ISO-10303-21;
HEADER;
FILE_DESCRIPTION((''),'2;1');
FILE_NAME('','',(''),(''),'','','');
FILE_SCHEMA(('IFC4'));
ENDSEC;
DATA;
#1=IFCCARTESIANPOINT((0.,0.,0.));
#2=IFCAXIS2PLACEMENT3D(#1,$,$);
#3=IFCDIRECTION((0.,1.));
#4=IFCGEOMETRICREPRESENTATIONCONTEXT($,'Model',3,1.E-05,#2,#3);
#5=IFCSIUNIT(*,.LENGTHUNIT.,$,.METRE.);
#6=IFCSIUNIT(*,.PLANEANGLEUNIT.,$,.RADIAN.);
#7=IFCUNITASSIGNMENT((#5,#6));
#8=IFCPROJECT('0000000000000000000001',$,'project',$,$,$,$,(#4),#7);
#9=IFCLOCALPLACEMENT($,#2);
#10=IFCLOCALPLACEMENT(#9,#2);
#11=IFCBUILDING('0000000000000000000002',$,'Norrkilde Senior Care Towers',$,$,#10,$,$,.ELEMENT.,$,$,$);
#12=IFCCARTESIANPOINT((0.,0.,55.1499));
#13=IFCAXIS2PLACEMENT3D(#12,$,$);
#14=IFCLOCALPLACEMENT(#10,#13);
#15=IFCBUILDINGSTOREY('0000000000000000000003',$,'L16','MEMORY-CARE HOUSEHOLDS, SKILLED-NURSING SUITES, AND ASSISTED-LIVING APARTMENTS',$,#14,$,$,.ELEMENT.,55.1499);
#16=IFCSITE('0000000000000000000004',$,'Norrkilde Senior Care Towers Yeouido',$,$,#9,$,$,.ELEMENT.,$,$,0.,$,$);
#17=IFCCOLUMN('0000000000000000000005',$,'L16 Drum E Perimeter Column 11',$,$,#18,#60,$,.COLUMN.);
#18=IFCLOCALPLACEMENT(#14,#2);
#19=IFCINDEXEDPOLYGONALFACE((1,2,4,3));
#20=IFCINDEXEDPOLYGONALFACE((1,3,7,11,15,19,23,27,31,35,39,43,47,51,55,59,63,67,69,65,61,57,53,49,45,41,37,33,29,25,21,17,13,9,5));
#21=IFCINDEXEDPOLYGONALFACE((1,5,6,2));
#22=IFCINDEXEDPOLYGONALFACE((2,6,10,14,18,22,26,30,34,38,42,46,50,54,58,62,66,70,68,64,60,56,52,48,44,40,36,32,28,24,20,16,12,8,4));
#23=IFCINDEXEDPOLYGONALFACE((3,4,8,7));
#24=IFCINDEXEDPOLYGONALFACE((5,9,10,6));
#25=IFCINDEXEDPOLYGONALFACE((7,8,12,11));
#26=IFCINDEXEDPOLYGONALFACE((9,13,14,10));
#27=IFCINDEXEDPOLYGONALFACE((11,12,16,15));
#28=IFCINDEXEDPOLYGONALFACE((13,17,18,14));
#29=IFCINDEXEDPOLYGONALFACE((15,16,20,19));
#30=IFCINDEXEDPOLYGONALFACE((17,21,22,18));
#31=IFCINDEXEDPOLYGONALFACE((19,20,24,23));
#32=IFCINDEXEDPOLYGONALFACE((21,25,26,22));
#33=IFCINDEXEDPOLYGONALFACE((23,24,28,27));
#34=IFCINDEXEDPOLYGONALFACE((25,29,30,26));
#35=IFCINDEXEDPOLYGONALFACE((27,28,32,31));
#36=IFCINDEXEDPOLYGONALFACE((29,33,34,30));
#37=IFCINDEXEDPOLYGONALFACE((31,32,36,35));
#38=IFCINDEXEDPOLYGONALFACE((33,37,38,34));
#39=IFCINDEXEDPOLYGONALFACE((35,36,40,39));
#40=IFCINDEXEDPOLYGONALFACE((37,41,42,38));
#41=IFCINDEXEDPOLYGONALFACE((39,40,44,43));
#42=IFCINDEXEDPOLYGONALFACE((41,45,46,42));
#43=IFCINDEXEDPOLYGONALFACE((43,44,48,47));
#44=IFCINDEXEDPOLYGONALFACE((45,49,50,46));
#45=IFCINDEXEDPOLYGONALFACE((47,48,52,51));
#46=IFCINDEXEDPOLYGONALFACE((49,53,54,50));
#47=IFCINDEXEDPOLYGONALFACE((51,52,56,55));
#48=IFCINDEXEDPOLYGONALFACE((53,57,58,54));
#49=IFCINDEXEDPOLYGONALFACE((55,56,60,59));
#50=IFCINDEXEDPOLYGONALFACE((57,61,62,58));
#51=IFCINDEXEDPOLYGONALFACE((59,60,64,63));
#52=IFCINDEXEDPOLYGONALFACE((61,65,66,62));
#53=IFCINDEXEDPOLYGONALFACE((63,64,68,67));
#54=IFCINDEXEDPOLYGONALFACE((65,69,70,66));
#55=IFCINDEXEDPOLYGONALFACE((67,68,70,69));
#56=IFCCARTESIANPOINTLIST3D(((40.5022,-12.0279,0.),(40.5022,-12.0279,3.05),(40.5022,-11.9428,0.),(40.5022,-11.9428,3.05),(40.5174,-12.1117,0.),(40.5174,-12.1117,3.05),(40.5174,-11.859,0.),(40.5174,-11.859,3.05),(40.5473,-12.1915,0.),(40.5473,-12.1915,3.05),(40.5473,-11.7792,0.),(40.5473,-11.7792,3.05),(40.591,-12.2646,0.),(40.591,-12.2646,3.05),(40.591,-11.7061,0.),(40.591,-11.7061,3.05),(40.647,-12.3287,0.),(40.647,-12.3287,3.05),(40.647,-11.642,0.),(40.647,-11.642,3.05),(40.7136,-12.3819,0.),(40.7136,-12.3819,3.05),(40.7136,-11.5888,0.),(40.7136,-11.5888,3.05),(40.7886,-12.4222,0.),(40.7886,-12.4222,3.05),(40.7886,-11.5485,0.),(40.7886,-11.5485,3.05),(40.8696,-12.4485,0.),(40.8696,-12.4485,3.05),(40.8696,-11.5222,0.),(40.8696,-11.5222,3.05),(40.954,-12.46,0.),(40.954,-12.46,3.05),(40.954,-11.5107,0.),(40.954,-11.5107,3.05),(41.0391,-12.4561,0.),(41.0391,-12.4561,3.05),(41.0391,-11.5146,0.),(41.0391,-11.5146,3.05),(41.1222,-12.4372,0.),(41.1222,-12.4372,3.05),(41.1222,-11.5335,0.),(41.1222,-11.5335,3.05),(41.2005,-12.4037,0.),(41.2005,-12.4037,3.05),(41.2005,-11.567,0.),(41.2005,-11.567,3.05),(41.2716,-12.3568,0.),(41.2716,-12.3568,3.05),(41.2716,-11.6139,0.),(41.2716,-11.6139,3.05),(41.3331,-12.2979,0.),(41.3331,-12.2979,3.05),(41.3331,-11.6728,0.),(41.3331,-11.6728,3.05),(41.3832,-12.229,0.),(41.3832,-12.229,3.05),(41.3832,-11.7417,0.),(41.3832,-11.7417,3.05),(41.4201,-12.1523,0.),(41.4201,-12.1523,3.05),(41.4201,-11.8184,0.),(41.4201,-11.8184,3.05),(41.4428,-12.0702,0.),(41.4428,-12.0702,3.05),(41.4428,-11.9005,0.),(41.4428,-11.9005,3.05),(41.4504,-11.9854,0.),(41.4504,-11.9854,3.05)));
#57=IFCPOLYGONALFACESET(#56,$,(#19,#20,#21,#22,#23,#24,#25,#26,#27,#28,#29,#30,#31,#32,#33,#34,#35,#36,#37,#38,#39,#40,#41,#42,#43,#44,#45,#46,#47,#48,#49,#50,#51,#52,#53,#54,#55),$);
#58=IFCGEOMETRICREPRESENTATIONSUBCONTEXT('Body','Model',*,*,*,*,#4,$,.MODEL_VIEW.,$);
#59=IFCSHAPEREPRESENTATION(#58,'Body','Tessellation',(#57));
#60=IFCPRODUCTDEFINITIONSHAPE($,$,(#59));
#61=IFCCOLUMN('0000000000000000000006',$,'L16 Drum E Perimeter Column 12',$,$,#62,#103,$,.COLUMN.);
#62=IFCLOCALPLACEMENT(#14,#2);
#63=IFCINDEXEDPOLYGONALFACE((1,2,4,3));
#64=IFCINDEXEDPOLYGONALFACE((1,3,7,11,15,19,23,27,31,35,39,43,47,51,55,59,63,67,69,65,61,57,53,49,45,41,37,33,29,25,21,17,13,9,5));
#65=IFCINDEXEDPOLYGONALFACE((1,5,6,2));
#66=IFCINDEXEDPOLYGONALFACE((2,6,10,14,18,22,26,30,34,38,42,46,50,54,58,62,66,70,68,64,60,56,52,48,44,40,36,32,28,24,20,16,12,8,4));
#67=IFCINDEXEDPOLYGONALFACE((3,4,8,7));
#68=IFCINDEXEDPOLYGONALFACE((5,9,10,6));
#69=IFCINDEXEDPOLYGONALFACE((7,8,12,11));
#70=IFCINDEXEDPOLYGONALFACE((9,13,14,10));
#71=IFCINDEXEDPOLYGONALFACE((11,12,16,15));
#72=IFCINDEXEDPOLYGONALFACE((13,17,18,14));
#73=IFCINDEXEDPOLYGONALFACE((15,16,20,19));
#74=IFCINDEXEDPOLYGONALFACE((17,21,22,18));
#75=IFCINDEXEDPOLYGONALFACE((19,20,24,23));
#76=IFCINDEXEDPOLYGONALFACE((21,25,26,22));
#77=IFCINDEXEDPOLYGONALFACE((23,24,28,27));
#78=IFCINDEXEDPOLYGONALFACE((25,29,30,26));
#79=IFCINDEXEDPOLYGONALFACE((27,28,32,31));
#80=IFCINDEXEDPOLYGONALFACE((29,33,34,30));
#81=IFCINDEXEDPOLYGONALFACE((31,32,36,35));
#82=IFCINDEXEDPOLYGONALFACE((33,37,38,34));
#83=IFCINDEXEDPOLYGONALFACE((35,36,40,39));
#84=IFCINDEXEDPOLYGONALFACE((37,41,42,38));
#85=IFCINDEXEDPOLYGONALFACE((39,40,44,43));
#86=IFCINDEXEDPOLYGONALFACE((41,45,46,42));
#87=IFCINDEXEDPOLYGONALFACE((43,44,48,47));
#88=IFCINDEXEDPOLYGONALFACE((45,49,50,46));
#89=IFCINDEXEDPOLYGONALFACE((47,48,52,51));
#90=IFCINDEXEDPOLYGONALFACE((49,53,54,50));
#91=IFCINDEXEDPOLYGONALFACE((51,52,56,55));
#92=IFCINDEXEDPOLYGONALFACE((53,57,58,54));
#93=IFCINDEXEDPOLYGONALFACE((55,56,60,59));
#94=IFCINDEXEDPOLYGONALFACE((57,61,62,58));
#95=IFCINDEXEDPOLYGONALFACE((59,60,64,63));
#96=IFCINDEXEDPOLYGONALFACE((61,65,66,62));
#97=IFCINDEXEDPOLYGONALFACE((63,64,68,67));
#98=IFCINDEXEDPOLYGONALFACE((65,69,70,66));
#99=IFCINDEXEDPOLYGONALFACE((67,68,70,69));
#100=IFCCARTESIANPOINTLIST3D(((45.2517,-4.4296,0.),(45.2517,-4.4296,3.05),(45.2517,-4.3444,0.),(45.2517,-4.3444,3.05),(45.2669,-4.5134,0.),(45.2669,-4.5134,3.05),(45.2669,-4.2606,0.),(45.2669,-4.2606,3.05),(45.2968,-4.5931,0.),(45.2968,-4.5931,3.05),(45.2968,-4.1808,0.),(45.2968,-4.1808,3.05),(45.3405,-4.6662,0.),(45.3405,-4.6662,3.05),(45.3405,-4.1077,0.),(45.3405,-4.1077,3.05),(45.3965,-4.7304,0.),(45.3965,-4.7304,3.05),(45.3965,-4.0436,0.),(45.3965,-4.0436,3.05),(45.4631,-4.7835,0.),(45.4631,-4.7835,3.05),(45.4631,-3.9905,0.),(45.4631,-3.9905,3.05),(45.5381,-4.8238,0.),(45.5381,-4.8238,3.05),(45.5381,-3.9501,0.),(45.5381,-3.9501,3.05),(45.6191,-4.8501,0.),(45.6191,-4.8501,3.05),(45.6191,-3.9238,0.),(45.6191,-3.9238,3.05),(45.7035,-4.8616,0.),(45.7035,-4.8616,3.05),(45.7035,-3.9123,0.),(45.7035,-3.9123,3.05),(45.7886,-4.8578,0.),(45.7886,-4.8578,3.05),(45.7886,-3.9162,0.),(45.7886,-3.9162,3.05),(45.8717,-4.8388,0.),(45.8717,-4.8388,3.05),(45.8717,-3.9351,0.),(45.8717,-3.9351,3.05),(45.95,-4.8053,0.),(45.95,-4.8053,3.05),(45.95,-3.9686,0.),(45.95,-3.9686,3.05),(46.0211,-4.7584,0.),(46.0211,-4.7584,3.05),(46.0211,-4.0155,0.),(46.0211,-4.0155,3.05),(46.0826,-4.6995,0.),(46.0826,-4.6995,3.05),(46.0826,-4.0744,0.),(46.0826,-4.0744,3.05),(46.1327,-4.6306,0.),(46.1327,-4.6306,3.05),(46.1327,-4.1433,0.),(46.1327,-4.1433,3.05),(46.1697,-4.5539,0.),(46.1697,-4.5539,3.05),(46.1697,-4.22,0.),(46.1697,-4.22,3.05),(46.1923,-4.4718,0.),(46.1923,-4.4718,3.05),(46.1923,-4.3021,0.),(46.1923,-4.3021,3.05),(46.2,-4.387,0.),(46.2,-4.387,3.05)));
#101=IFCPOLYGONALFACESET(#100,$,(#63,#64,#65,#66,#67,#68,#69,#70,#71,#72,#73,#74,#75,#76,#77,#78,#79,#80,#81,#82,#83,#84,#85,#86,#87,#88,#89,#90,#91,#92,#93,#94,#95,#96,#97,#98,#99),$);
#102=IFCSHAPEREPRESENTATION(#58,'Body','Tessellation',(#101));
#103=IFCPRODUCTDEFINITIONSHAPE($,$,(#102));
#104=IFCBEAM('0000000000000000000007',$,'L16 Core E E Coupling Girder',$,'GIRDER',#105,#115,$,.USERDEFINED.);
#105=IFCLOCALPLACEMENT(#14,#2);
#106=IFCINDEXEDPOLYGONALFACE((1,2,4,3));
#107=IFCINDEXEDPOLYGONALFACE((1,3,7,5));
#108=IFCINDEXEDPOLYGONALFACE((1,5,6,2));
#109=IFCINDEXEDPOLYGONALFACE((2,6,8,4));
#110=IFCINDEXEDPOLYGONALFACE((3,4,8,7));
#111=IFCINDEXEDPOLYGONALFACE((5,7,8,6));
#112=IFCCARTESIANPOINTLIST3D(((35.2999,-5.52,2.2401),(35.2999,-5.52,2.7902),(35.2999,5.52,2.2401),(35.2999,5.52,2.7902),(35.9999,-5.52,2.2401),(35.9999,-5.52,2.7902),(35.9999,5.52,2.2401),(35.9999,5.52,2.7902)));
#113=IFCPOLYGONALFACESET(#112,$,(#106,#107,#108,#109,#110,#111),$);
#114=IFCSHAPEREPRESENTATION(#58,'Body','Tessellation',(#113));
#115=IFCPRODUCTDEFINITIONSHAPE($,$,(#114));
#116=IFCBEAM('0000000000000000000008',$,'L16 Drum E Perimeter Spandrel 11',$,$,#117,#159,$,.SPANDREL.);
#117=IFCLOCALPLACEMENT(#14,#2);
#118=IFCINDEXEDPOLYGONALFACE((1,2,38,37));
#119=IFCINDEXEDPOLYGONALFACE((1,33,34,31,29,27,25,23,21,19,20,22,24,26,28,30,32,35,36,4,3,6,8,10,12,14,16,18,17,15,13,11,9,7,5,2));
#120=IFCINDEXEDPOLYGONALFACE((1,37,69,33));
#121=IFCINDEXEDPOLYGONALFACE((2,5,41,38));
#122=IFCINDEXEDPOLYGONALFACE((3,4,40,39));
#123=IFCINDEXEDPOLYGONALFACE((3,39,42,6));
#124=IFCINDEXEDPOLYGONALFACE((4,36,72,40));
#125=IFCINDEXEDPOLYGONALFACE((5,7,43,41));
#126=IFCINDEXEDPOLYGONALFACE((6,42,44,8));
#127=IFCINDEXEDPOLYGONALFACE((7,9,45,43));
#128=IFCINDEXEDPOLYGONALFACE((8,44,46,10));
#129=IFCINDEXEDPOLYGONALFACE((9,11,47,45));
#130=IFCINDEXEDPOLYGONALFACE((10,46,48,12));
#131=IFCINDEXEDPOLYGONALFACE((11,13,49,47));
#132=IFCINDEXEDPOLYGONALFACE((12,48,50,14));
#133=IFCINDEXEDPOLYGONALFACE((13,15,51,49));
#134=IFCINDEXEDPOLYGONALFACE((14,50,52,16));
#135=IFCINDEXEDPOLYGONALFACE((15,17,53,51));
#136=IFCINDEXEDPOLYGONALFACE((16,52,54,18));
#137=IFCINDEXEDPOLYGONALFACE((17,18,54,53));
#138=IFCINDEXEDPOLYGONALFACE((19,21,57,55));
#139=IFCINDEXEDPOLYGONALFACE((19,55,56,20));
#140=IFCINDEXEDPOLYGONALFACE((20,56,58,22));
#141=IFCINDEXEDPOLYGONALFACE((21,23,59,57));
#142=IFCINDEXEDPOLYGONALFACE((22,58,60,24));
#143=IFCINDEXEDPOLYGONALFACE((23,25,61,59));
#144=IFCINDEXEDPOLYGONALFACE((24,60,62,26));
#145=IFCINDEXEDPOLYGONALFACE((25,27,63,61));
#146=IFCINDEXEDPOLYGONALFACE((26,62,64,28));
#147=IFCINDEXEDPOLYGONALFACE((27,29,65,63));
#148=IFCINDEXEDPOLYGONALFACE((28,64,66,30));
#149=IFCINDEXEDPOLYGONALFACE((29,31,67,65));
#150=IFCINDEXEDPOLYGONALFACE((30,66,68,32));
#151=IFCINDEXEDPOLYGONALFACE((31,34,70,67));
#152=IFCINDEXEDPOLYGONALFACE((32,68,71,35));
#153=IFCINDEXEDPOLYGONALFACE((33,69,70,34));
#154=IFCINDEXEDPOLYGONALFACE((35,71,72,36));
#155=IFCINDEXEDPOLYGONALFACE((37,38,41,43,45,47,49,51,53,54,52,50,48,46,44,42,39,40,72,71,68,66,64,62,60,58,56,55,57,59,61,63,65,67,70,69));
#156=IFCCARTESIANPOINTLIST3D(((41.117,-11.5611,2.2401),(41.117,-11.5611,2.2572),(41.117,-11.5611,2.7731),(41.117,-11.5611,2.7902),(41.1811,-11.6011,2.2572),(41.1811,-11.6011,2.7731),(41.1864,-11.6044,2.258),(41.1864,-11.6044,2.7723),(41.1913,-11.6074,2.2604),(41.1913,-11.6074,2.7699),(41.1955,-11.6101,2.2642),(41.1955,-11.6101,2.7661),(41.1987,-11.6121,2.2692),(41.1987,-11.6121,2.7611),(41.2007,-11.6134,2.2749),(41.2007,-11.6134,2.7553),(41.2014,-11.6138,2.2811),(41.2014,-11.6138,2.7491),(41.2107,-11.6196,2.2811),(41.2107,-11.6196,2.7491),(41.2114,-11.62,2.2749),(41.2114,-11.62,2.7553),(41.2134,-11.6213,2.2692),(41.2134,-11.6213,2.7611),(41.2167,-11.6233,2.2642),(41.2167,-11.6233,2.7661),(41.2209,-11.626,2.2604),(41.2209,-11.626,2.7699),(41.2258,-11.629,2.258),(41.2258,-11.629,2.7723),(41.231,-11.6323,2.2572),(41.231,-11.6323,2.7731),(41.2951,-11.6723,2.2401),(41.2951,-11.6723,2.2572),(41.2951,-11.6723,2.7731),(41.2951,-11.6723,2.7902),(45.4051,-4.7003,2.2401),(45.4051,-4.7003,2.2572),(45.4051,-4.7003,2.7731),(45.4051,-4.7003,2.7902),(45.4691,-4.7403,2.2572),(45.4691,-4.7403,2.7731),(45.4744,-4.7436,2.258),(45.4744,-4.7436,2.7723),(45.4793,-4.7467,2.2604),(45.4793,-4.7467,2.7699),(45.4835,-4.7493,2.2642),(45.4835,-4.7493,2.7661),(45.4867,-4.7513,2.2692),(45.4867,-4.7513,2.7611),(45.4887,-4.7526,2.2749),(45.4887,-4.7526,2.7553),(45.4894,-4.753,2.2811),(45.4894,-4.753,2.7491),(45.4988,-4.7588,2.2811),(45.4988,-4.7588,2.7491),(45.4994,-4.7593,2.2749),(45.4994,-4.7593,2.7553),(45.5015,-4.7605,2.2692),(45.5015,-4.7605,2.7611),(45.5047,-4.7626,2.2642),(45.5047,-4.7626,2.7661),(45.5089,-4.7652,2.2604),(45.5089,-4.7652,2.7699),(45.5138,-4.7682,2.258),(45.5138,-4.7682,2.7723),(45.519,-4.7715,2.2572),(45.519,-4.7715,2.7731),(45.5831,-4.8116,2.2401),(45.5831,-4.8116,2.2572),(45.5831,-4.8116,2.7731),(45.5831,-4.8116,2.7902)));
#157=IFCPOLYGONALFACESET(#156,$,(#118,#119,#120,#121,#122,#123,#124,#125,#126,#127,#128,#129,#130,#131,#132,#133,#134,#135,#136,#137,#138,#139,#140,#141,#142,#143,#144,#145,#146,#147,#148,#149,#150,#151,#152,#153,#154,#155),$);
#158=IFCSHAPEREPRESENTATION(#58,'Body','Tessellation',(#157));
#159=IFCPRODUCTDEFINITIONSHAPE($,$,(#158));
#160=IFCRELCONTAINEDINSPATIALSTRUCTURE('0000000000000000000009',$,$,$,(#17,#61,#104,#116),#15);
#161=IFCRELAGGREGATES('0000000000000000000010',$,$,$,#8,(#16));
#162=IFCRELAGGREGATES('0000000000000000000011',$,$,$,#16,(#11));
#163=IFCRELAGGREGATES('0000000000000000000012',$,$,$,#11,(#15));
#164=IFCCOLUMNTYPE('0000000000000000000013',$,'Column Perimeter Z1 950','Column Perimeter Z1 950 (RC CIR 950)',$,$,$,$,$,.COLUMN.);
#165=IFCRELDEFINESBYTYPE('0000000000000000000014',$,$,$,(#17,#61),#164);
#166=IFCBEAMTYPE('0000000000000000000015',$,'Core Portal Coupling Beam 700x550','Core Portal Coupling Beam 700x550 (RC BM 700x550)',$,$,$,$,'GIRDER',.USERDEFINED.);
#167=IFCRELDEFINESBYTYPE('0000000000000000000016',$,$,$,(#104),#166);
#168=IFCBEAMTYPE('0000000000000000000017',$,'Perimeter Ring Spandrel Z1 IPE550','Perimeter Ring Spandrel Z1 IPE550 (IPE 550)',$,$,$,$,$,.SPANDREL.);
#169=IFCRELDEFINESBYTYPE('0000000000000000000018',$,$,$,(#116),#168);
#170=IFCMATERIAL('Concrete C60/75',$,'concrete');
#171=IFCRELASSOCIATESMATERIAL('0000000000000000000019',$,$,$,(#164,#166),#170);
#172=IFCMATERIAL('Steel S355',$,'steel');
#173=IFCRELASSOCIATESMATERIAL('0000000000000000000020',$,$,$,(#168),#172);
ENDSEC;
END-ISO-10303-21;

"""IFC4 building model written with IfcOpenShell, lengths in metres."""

from ifc_helpers import new_model, si_unit, direction, frame, origin, origin_2d, place, context, subcontext, project, spatial, rectangle, circle, i_section, extrude, source, transform, mapped, material, material_profile, profile_set, type_object, type_shapes, element, save


model = new_model("IFC4")

# Units and contexts
model_context = context("Model", 3, precision=1e-05, world=origin(), true_north=direction((0.0, 1.0)))
body_context = subcontext(model_context, "Body", "Model", "MODEL_VIEW")
ifc_project = project(units=[si_unit("LENGTHUNIT", "METRE"), si_unit("PLANEANGLEUNIT", "RADIAN")], contexts=[model_context])

# Site, building, storey
site_placement = place(None, origin())
site = spatial("IfcSite", under=ifc_project, at=site_placement, Name="Norrkilde Senior Care Towers Yeouido", CompositionType="ELEMENT", RefElevation=0.0)
building_placement = place(site_placement, origin())
building = spatial("IfcBuilding", under=site, at=building_placement, Name="Norrkilde Senior Care Towers", CompositionType="ELEMENT")
storey_placement = place(building_placement, frame((0.0, 0.0, 55.1499)))
storey = spatial("IfcBuildingStorey", under=building, at=storey_placement, Name="L16", Description="MEMORY-CARE HOUSEHOLDS, SKILLED-NURSING SUITES, AND ASSISTED-LIVING APARTMENTS", CompositionType="ELEMENT", Elevation=55.1499)

# Columns
ifc_material_1 = material(Name="Concrete C60/75", Category="concrete")
ifc_material_profile_1 = material_profile(ifc_material_1, circle(Radius=0.4751, at=origin_2d()), Name="RC CIR 950")
ifc_profile_set_1 = profile_set([ifc_material_profile_1], Name="Concrete C60/75")
column_type = type_object("IfcColumnType", Name="Column Perimeter Z1 950", Description="Column Perimeter Z1 950 (RC CIR 950)", PredefinedType="COLUMN", material=ifc_profile_set_1)
shared_shape_1 = source(origin(), body_context, "Body", "SweptSolid", [
    extrude(circle(Radius=0.4751, at=origin_2d()), origin(), (0.0, 0.0, 1.0), 3.05),
])
type_shapes(column_type, [shared_shape_1])
for number, where, z_axis, x_axis, name in (
    (1, (40.9753, -11.9854, 0.0), (0.0, 0.0, 1.0), (1.0, 0.0, 0.0), "L16 Drum E Perimeter Column 11"),
    (2, (45.7249, -4.387, 0.0), (0.0, 0.0, 1.0), (1.0, 0.0, 0.0), "L16 Drum E Perimeter Column 12"),
):
    element("IfcColumn", number, at=place(storey_placement, frame(where, z_axis=z_axis, x_axis=x_axis)), inside=storey, type_object=column_type, Name=name, PredefinedType="COLUMN", context=body_context, shape_type="MappedRepresentation", body=[
        mapped(shared_shape_1, transform((0.0, 0.0, 0.0), x_axis=(1.0, 0.0, 0.0), y_axis=(0.0, 1.0, 0.0), z_axis=(0.0, 0.0, 1.0), scale=1.0)),
    ])

# Beams
ifc_material_profile_2 = material_profile(ifc_material_1, rectangle(XDim=0.7, YDim=0.55, at=origin_2d()), Name="RC BM 700x550")
ifc_profile_set_2 = profile_set([ifc_material_profile_2], Name="Concrete C60/75")
beam_type_1 = type_object("IfcBeamType", Name="Core Portal Coupling Beam 700x550", Description="Core Portal Coupling Beam 700x550 (RC BM 700x550)", ElementType="GIRDER", PredefinedType="USERDEFINED", material=ifc_profile_set_2)
shared_shape_2 = source(origin(), body_context, "Body", "SweptSolid", [
    extrude(rectangle(XDim=0.7, YDim=0.55, at=origin_2d()), origin(), (0.0, 0.0, 1.0), 11.04),
])
type_shapes(beam_type_1, [shared_shape_2])
beam_1_placement = place(storey_placement, frame((35.6499, -5.52, 2.5151), z_axis=(0.0, 1.0, 0.0), x_axis=(-1.0, 0.0, 0.0)))
element("IfcBeam", 3, at=beam_1_placement, inside=storey, type_object=beam_type_1, Name="L16 Core E E Coupling Girder", ObjectType="GIRDER", PredefinedType="USERDEFINED", context=body_context, shape_type="MappedRepresentation", body=[
    mapped(shared_shape_2, transform((0.0, 0.0, 0.0), x_axis=(1.0, 0.0, 0.0), y_axis=(0.0, 1.0, 0.0), z_axis=(0.0, 0.0, 1.0), scale=1.0)),
])
ifc_material_2 = material(Name="Steel S355", Category="steel")
ifc_material_profile_3 = material_profile(ifc_material_2, i_section(OverallWidth=0.21, OverallDepth=0.55, WebThickness=0.011, FlangeThickness=0.0171, FilletRadius=0.0239, at=origin_2d()), Name="IPE 550")
ifc_profile_set_3 = profile_set([ifc_material_profile_3], Name="Steel S355")
beam_type_2 = type_object("IfcBeamType", Name="Perimeter Ring Spandrel Z1 IPE550", Description="Perimeter Ring Spandrel Z1 IPE550 (IPE 550)", PredefinedType="SPANDREL", material=ifc_profile_set_3)
shared_shape_3 = source(origin(), body_context, "Body", "SweptSolid", [
    extrude(i_section(OverallWidth=0.21, OverallDepth=0.55, WebThickness=0.011, FlangeThickness=0.0171, FilletRadius=0.0239, at=origin_2d()), origin(), (0.0, 0.0, 1.0), 8.0906),
])
beam_2_placement = place(storey_placement, frame((41.2061, -11.6167, 2.5151), z_axis=(0.530004, 0.847995, 0.0), x_axis=(-0.847995, 0.530004, 0.0)))
element("IfcBeam", 4, at=beam_2_placement, inside=storey, type_object=beam_type_2, Name="L16 Drum E Perimeter Spandrel 11", PredefinedType="SPANDREL", context=body_context, shape_type="MappedRepresentation", body=[
    mapped(shared_shape_3, transform((0.0, 0.0, 0.0), x_axis=(1.0, 0.0, 0.0), y_axis=(0.0, 1.0, 0.0), z_axis=(0.0, 0.0, 1.0), scale=1.0)),
])

save(model, "model.ifc")
